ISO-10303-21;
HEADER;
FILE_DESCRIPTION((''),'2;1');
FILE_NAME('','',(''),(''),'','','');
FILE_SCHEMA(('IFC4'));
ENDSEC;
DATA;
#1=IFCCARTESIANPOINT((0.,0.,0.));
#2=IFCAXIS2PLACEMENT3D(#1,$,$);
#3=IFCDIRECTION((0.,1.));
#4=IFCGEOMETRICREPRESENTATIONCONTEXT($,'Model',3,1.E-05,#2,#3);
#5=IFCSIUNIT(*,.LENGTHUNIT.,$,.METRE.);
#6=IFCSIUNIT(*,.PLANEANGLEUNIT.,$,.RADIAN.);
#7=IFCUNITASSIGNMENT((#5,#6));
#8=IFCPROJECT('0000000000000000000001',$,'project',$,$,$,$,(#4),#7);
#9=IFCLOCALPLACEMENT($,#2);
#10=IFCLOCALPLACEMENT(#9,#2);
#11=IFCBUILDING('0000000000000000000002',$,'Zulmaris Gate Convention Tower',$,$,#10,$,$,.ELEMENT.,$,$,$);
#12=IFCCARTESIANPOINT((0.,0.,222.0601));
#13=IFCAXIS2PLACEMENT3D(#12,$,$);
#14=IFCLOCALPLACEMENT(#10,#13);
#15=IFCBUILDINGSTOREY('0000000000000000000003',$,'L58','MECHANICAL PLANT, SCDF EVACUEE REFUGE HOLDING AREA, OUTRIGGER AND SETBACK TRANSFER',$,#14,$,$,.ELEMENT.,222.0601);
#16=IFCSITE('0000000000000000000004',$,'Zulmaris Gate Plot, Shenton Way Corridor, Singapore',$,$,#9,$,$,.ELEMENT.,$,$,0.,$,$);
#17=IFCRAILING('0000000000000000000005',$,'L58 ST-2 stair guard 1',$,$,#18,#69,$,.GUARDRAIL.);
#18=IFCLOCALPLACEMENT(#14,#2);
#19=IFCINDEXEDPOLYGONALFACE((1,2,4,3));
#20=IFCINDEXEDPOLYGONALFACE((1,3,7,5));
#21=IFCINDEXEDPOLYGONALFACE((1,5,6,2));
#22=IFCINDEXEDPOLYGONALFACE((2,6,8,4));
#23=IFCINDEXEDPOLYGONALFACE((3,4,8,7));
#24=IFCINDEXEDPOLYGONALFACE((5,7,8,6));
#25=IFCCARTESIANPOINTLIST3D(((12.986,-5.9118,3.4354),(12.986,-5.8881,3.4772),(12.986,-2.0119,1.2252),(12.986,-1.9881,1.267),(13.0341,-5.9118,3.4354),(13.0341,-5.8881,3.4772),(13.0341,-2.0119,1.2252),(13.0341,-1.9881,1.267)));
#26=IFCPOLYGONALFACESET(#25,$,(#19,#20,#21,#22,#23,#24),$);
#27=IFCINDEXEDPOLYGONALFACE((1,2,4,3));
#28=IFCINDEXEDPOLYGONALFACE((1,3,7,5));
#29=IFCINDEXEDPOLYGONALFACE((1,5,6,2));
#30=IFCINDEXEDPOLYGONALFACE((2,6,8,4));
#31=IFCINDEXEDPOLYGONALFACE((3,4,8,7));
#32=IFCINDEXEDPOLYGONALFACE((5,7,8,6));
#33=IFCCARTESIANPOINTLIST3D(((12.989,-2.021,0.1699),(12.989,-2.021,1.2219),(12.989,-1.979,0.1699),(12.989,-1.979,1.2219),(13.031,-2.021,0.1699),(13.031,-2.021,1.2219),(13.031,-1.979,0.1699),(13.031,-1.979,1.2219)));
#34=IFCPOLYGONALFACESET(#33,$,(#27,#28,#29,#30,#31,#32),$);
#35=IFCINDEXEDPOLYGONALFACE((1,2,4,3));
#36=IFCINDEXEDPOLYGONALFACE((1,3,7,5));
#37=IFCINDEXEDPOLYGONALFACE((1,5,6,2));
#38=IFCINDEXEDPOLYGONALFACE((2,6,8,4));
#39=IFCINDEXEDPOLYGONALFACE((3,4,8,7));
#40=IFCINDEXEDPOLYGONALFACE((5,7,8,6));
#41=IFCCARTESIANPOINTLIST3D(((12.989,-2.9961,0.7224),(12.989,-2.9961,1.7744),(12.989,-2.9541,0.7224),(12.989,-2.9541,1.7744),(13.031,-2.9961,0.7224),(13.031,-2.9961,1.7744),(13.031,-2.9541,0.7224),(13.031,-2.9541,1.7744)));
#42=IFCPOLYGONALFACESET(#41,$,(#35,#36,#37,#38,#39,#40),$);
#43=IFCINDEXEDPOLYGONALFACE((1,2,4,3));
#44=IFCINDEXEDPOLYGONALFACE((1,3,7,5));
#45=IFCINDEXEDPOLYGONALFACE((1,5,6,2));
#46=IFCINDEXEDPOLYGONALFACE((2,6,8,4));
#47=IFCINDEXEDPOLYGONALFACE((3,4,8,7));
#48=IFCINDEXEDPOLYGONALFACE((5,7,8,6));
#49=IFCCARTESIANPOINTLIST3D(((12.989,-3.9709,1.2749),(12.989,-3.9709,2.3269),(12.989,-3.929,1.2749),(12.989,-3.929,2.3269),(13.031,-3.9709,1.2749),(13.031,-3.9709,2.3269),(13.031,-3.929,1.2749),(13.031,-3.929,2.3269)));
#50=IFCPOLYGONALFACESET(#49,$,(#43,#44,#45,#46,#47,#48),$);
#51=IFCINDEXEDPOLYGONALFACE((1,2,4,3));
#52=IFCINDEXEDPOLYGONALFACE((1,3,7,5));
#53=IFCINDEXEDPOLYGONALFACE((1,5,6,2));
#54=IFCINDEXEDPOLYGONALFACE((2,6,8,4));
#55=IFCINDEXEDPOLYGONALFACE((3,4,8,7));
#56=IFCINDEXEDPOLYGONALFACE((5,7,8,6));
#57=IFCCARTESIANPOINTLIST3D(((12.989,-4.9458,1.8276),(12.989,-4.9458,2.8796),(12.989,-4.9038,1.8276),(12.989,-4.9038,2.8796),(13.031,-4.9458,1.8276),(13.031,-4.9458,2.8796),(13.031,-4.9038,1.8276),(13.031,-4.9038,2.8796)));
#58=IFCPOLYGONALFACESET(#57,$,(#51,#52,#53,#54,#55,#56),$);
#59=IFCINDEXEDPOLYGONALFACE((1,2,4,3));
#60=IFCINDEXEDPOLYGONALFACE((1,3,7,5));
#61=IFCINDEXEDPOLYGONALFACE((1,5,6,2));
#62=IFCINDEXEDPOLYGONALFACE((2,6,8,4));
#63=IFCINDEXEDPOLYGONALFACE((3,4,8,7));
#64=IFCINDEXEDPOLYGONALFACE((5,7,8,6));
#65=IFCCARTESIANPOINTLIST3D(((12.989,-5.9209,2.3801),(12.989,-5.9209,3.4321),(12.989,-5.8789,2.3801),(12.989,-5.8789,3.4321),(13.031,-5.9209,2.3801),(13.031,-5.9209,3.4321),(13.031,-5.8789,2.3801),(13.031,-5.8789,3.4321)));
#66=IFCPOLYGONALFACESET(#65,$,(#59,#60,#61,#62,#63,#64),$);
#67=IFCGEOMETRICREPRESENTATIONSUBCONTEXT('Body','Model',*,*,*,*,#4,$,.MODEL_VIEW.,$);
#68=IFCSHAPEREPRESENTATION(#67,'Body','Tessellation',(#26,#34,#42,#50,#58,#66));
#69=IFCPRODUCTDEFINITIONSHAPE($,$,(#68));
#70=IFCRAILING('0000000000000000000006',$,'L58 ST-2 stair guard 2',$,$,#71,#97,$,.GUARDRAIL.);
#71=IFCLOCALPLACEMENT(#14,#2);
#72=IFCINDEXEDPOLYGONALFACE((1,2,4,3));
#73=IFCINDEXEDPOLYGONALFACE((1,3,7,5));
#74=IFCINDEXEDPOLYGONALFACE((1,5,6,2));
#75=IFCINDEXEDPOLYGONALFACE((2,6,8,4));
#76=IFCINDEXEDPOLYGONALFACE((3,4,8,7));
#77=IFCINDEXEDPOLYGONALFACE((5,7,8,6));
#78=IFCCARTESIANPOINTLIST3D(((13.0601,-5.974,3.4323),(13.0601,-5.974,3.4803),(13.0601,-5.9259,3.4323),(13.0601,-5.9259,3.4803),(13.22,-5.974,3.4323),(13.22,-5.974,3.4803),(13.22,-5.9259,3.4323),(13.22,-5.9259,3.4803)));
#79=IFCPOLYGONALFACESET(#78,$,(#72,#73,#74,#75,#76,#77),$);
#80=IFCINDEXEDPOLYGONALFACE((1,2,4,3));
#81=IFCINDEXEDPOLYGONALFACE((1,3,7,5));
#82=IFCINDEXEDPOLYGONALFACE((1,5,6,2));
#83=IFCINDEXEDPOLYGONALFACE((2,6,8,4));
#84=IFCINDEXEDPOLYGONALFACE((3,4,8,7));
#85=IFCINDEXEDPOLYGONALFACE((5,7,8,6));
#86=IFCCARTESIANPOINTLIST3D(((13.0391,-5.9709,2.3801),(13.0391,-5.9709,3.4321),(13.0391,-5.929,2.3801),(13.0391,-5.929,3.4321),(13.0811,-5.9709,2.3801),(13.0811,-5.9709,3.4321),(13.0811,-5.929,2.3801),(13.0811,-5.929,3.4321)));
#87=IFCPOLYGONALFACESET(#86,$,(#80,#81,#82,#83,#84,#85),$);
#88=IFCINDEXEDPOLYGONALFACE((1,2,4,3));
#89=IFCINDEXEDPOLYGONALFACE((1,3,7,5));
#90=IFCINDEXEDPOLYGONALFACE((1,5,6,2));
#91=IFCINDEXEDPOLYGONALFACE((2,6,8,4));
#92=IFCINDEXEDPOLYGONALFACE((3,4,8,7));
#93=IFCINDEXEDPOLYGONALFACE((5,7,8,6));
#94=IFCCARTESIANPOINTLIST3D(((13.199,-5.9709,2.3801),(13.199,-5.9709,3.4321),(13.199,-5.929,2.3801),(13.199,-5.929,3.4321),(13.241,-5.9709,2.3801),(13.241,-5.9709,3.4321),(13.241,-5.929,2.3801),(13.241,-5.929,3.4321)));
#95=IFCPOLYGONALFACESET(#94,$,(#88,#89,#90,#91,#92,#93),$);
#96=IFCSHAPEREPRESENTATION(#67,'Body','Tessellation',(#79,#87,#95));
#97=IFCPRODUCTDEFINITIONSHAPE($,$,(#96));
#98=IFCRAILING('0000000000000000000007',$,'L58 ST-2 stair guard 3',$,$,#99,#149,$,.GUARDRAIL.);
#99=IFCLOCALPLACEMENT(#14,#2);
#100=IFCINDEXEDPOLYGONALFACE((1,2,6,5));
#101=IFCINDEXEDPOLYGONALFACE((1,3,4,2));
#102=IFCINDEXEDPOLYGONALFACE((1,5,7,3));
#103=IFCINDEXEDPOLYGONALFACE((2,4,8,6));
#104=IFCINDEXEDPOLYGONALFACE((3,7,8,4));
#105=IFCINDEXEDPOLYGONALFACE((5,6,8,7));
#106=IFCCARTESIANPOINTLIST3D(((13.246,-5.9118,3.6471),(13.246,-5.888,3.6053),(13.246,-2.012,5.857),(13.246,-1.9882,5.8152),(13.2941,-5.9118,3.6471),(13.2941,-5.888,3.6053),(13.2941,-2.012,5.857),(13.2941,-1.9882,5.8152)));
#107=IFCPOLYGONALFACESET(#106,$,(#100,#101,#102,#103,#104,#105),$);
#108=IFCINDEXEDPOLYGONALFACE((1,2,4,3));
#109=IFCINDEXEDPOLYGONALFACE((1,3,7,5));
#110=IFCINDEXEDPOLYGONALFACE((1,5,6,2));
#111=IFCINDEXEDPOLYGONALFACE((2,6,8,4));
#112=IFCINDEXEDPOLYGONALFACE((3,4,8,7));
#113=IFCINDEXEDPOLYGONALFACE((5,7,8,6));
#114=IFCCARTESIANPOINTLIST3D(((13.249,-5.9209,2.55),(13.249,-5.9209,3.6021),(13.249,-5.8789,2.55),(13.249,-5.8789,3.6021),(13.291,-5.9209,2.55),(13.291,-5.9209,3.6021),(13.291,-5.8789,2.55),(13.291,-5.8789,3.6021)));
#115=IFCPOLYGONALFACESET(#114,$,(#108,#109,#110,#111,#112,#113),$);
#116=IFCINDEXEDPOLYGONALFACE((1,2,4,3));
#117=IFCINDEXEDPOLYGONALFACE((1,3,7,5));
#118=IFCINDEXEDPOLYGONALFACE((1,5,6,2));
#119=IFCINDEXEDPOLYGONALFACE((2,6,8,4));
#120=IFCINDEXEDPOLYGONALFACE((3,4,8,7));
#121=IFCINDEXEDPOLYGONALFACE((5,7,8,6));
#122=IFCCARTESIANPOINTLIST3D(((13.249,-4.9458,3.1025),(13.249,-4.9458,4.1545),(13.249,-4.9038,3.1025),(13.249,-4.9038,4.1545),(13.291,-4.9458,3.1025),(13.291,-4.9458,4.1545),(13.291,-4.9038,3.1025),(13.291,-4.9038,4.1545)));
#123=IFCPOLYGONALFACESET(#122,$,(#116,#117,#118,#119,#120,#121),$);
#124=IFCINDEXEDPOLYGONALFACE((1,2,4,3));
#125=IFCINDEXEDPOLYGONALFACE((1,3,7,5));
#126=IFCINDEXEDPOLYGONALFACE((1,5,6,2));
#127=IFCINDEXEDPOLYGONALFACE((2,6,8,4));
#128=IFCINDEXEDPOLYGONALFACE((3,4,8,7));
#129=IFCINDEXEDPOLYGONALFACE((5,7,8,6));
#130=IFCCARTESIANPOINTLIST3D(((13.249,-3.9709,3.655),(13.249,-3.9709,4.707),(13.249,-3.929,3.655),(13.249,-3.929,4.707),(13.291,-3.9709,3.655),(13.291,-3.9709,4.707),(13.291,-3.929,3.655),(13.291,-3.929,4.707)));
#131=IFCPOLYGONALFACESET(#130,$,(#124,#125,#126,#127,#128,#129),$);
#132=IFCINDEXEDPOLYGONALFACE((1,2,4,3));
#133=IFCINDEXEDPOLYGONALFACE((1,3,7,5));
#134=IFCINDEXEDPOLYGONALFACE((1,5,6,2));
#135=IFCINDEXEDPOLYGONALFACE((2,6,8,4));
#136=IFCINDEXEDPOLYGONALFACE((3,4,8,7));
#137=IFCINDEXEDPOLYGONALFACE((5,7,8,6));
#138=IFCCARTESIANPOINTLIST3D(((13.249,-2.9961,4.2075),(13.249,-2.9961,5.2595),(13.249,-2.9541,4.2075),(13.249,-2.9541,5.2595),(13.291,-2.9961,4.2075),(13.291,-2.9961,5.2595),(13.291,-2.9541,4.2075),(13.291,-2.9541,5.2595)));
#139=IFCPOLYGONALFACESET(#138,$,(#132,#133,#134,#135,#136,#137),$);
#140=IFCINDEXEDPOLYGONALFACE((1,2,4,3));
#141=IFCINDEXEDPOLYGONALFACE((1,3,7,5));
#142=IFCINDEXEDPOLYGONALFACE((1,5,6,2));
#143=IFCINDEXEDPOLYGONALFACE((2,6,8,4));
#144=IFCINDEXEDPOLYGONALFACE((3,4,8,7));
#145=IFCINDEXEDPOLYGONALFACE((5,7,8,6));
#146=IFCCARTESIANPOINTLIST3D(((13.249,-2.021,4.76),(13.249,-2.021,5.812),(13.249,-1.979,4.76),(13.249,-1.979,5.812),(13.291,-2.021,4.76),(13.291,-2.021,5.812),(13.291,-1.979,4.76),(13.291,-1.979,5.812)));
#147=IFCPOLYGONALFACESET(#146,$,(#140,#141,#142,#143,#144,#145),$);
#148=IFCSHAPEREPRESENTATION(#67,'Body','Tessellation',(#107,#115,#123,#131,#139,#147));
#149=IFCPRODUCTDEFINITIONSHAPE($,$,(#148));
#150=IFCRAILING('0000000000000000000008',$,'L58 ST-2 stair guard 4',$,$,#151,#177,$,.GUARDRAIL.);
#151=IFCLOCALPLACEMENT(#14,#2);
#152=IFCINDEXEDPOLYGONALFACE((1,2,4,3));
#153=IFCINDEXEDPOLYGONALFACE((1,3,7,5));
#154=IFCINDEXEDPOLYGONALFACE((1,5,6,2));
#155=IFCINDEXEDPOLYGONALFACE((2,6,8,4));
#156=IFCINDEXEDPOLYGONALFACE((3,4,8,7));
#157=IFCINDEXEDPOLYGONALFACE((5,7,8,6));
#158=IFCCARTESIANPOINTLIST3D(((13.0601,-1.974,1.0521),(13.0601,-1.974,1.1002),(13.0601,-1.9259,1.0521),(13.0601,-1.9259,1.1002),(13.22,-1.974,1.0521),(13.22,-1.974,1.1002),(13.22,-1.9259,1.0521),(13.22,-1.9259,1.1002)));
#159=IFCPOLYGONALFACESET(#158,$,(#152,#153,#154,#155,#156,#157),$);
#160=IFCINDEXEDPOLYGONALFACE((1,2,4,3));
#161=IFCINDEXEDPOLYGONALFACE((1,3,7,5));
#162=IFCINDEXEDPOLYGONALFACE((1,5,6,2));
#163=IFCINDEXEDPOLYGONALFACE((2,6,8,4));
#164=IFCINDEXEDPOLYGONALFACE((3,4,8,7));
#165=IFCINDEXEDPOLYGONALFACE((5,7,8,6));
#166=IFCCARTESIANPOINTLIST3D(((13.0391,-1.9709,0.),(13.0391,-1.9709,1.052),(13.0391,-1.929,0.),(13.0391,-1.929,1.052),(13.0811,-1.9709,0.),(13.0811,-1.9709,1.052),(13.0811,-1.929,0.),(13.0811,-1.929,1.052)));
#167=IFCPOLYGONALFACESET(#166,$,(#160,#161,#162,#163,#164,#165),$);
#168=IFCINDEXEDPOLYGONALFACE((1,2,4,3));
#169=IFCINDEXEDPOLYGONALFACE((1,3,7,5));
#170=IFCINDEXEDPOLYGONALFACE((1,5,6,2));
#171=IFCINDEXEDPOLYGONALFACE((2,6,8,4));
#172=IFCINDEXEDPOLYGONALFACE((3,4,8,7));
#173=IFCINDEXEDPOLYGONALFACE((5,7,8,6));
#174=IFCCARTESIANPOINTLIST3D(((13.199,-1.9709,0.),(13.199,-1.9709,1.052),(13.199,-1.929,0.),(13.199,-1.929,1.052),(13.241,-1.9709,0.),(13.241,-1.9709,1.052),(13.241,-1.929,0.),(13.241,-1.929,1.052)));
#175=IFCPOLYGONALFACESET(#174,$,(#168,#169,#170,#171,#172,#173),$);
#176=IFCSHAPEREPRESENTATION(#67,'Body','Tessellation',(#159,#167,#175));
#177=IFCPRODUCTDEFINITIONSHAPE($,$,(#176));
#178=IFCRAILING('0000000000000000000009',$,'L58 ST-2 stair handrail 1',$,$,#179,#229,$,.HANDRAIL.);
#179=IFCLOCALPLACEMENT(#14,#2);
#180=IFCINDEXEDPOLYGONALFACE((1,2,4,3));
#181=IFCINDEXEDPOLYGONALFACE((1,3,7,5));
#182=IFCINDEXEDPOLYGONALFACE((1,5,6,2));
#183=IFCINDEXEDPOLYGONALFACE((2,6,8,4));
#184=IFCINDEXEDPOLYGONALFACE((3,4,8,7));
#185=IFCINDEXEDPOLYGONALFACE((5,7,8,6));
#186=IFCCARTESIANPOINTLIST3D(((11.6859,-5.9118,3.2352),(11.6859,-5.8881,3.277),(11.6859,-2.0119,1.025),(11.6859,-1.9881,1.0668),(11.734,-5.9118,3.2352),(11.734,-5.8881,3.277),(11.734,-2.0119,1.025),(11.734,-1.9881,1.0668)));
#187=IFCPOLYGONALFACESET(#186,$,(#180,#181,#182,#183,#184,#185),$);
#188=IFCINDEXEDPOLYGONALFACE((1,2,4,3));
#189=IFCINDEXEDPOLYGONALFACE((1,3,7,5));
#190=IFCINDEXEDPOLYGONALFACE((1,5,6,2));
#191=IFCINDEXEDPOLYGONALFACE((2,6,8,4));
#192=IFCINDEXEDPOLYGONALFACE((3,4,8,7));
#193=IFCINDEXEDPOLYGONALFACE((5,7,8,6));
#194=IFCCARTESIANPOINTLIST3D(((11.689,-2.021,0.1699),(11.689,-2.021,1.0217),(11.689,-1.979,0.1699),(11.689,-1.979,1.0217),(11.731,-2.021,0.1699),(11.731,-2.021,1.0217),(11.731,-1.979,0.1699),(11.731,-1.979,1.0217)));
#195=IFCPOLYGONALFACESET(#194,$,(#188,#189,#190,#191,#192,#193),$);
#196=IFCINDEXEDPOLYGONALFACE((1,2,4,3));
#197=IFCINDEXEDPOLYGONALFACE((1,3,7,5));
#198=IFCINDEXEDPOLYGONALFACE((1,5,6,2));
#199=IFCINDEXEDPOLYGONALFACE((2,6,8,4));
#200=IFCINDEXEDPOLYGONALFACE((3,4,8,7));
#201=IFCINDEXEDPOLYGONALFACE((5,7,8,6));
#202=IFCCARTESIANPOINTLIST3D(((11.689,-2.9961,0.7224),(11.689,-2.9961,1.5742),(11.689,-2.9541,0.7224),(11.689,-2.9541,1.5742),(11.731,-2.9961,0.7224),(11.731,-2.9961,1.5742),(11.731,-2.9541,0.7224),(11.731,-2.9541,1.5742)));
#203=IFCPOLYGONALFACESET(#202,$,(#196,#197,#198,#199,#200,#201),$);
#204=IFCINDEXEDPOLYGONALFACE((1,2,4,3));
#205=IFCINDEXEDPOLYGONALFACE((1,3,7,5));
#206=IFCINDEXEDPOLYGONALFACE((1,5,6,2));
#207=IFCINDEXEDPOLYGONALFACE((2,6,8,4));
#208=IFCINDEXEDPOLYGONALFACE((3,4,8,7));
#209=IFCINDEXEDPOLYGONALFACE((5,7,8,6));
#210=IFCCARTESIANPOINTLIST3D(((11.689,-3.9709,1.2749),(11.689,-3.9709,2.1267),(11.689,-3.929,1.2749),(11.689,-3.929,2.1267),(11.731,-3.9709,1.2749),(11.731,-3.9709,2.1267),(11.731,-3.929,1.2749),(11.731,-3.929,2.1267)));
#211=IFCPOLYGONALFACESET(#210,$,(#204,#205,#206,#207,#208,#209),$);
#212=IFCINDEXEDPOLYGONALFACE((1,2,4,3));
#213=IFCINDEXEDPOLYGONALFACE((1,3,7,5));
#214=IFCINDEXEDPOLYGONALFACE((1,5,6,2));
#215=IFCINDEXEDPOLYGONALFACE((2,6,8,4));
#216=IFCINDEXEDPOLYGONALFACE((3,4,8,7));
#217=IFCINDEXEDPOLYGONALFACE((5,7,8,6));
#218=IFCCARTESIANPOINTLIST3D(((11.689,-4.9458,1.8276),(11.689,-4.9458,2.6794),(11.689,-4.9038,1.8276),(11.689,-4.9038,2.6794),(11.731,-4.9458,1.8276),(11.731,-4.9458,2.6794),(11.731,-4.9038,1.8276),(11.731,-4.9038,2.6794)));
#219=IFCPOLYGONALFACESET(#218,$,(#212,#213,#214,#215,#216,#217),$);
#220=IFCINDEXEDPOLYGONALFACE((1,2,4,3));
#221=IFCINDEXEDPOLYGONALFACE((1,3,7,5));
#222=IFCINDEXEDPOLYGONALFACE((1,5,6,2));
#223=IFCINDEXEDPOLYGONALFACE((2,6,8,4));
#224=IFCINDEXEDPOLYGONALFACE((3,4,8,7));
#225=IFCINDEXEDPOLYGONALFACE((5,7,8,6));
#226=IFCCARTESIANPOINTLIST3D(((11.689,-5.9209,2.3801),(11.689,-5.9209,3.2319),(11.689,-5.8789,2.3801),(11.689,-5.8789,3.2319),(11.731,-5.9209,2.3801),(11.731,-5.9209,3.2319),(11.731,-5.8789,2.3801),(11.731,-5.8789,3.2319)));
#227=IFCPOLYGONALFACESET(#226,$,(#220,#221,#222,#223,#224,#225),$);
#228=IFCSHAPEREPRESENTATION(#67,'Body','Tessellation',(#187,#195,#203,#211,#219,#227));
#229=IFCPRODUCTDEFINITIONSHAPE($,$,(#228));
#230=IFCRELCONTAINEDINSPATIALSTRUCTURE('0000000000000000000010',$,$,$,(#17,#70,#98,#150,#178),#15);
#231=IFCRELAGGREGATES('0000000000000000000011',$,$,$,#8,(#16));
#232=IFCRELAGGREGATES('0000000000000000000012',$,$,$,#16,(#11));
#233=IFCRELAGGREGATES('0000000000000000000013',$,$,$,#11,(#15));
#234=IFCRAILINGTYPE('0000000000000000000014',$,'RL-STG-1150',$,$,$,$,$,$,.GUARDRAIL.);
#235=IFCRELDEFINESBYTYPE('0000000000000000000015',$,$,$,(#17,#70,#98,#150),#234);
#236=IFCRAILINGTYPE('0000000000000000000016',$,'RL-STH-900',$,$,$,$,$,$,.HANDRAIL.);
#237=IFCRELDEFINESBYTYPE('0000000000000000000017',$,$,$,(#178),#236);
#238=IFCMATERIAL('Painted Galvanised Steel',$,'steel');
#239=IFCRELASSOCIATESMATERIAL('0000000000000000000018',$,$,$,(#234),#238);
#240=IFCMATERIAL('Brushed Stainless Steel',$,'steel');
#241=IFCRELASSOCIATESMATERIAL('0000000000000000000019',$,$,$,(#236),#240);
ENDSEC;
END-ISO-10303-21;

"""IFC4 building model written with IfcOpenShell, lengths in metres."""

from ifc_helpers import new_model, si_unit, direction, frame, origin, origin_2d, place, context, subcontext, project, spatial, rectangle, extrude, material, type_object, element, save


model = new_model("IFC4")

# Units and contexts
model_context = context("Model", 3, precision=1e-05, world=origin(), true_north=direction((0.0, 1.0)))
body_context = subcontext(model_context, "Body", "Model", "MODEL_VIEW")
ifc_project = project(units=[si_unit("LENGTHUNIT", "METRE"), si_unit("PLANEANGLEUNIT", "RADIAN")], contexts=[model_context])

# Site, building, storey
site_placement = place(None, origin())
site = spatial("IfcSite", under=ifc_project, at=site_placement, Name="Zulmaris Gate Plot, Shenton Way Corridor, Singapore", CompositionType="ELEMENT", RefElevation=0.0)
building_placement = place(site_placement, origin())
building = spatial("IfcBuilding", under=site, at=building_placement, Name="Zulmaris Gate Convention Tower", CompositionType="ELEMENT")
storey_placement = place(building_placement, frame((0.0, 0.0, 222.0601)))
storey = spatial("IfcBuildingStorey", under=building, at=storey_placement, Name="L58", Description="MECHANICAL PLANT, SCDF EVACUEE REFUGE HOLDING AREA, OUTRIGGER AND SETBACK TRANSFER", CompositionType="ELEMENT", Elevation=222.0601)

# Railings
ifc_material_1 = material(Name="Painted Galvanised Steel", Category="steel")
railing_type_1 = type_object("IfcRailingType", Name="RL-STG-1150", PredefinedType="GUARDRAIL", material=ifc_material_1)
railing_1_placement = place(storey_placement, frame((13.01, -2.0, 0.1699)))
element("IfcRailing", 1, at=railing_1_placement, inside=storey, type_object=railing_type_1, Name="L58 ST-2 stair guard 1", PredefinedType="GUARDRAIL", context=body_context, shape_type="SweptSolid", body=[
    extrude(rectangle(XDim=0.0481, YDim=0.0481, at=origin_2d()), frame((0.0, 0.0, 1.0762), z_axis=(0.0, -0.869997, 0.493057), x_axis=(1.0, 0.0, 0.0)), (0.0, 0.0, 1.0), 4.4827),
    extrude(rectangle(XDim=0.042, YDim=0.042, at=origin_2d()), origin(), (0.0, 0.0, 1.0), 1.052),
    extrude(rectangle(XDim=0.042, YDim=0.042, at=origin_2d()), frame((0.0, -0.9751, 0.5525)), (0.0, 0.0, 1.0), 1.052),
    extrude(rectangle(XDim=0.042, YDim=0.042, at=origin_2d()), frame((0.0, -1.95, 1.105)), (0.0, 0.0, 1.0), 1.052),
    extrude(rectangle(XDim=0.042, YDim=0.042, at=origin_2d()), frame((0.0, -2.9248, 1.6577)), (0.0, 0.0, 1.0), 1.052),
    extrude(rectangle(XDim=0.042, YDim=0.042, at=origin_2d()), frame((0.0, -3.8999, 2.2102)), (0.0, 0.0, 1.0), 1.052),
])
railing_2_placement = place(storey_placement, frame((13.0601, -5.95, 2.3801)))
element("IfcRailing", 2, at=railing_2_placement, inside=storey, type_object=railing_type_1, Name="L58 ST-2 stair guard 2", PredefinedType="GUARDRAIL", context=body_context, shape_type="SweptSolid", body=[
    extrude(rectangle(XDim=0.0481, YDim=0.0481, at=origin_2d()), frame((0.0, 0.0, 1.0762), z_axis=(1.0, 0.0, 0.0), x_axis=(0.0, 1.0, 0.0)), (0.0, 0.0, 1.0), 0.1599),
    extrude(rectangle(XDim=0.042, YDim=0.042, at=origin_2d()), origin(), (0.0, 0.0, 1.0), 1.052),
    extrude(rectangle(XDim=0.042, YDim=0.042, at=origin_2d()), frame((0.1599, 0.0, 0.0)), (0.0, 0.0, 1.0), 1.052),
])
railing_3_placement = place(storey_placement, frame((13.27, -5.8999, 2.55)))
element("IfcRailing", 3, at=railing_3_placement, inside=storey, type_object=railing_type_1, Name="L58 ST-2 stair guard 3", PredefinedType="GUARDRAIL", context=body_context, shape_type="SweptSolid", body=[
    extrude(rectangle(XDim=0.0481, YDim=0.0481, at=origin_2d()), frame((0.0, 0.0, 1.0762), z_axis=(0.0, 0.870021, 0.493015), x_axis=(-1.0, 0.0, 0.0)), (0.0, 0.0, 1.0), 4.4824),
    extrude(rectangle(XDim=0.042, YDim=0.042, at=origin_2d()), origin(), (0.0, 0.0, 1.0), 1.052),
    extrude(rectangle(XDim=0.042, YDim=0.042, at=origin_2d()), frame((0.0, 0.9751, 0.5525)), (0.0, 0.0, 1.0), 1.052),
    extrude(rectangle(XDim=0.042, YDim=0.042, at=origin_2d()), frame((0.0, 1.95, 1.105)), (0.0, 0.0, 1.0), 1.052),
    extrude(rectangle(XDim=0.042, YDim=0.042, at=origin_2d()), frame((0.0, 2.9248, 1.6575)), (0.0, 0.0, 1.0), 1.052),
    extrude(rectangle(XDim=0.042, YDim=0.042, at=origin_2d()), frame((0.0, 3.8999, 2.21)), (0.0, 0.0, 1.0), 1.052),
])
railing_4_placement = place(storey_placement, frame((13.0601, -1.95, 0.0)))
element("IfcRailing", 4, at=railing_4_placement, inside=storey, type_object=railing_type_1, Name="L58 ST-2 stair guard 4", PredefinedType="GUARDRAIL", context=body_context, shape_type="SweptSolid", body=[
    extrude(rectangle(XDim=0.0481, YDim=0.0481, at=origin_2d()), frame((0.0, 0.0, 1.0762), z_axis=(1.0, 0.0, 0.0), x_axis=(0.0, 1.0, 0.0)), (0.0, 0.0, 1.0), 0.1599),
    extrude(rectangle(XDim=0.042, YDim=0.042, at=origin_2d()), origin(), (0.0, 0.0, 1.0), 1.052),
    extrude(rectangle(XDim=0.042, YDim=0.042, at=origin_2d()), frame((0.1599, 0.0, 0.0)), (0.0, 0.0, 1.0), 1.052),
])
ifc_material_2 = material(Name="Brushed Stainless Steel", Category="steel")
railing_type_2 = type_object("IfcRailingType", Name="RL-STH-900", PredefinedType="HANDRAIL", material=ifc_material_2)
railing_5_placement = place(storey_placement, frame((11.71, -2.0, 0.1699)))
element("IfcRailing", 5, at=railing_5_placement, inside=storey, type_object=railing_type_2, Name="L58 ST-2 stair handrail 1", PredefinedType="HANDRAIL", context=body_context, shape_type="SweptSolid", body=[
    extrude(rectangle(XDim=0.0481, YDim=0.0481, at=origin_2d()), frame((0.0, 0.0, 0.876), z_axis=(0.0, -0.869997, 0.493057), x_axis=(1.0, 0.0, 0.0)), (0.0, 0.0, 1.0), 4.4827),
    extrude(rectangle(XDim=0.042, YDim=0.042, at=origin_2d()), origin(), (0.0, 0.0, 1.0), 0.8518),
    extrude(rectangle(XDim=0.042, YDim=0.042, at=origin_2d()), frame((0.0, -0.9751, 0.5525)), (0.0, 0.0, 1.0), 0.8518),
    extrude(rectangle(XDim=0.042, YDim=0.042, at=origin_2d()), frame((0.0, -1.95, 1.105)), (0.0, 0.0, 1.0), 0.8518),
    extrude(rectangle(XDim=0.042, YDim=0.042, at=origin_2d()), frame((0.0, -2.9248, 1.6577)), (0.0, 0.0, 1.0), 0.8518),
    extrude(rectangle(XDim=0.042, YDim=0.042, at=origin_2d()), frame((0.0, -3.8999, 2.2102)), (0.0, 0.0, 1.0), 0.8518),
])

save(model, "model.ifc")
